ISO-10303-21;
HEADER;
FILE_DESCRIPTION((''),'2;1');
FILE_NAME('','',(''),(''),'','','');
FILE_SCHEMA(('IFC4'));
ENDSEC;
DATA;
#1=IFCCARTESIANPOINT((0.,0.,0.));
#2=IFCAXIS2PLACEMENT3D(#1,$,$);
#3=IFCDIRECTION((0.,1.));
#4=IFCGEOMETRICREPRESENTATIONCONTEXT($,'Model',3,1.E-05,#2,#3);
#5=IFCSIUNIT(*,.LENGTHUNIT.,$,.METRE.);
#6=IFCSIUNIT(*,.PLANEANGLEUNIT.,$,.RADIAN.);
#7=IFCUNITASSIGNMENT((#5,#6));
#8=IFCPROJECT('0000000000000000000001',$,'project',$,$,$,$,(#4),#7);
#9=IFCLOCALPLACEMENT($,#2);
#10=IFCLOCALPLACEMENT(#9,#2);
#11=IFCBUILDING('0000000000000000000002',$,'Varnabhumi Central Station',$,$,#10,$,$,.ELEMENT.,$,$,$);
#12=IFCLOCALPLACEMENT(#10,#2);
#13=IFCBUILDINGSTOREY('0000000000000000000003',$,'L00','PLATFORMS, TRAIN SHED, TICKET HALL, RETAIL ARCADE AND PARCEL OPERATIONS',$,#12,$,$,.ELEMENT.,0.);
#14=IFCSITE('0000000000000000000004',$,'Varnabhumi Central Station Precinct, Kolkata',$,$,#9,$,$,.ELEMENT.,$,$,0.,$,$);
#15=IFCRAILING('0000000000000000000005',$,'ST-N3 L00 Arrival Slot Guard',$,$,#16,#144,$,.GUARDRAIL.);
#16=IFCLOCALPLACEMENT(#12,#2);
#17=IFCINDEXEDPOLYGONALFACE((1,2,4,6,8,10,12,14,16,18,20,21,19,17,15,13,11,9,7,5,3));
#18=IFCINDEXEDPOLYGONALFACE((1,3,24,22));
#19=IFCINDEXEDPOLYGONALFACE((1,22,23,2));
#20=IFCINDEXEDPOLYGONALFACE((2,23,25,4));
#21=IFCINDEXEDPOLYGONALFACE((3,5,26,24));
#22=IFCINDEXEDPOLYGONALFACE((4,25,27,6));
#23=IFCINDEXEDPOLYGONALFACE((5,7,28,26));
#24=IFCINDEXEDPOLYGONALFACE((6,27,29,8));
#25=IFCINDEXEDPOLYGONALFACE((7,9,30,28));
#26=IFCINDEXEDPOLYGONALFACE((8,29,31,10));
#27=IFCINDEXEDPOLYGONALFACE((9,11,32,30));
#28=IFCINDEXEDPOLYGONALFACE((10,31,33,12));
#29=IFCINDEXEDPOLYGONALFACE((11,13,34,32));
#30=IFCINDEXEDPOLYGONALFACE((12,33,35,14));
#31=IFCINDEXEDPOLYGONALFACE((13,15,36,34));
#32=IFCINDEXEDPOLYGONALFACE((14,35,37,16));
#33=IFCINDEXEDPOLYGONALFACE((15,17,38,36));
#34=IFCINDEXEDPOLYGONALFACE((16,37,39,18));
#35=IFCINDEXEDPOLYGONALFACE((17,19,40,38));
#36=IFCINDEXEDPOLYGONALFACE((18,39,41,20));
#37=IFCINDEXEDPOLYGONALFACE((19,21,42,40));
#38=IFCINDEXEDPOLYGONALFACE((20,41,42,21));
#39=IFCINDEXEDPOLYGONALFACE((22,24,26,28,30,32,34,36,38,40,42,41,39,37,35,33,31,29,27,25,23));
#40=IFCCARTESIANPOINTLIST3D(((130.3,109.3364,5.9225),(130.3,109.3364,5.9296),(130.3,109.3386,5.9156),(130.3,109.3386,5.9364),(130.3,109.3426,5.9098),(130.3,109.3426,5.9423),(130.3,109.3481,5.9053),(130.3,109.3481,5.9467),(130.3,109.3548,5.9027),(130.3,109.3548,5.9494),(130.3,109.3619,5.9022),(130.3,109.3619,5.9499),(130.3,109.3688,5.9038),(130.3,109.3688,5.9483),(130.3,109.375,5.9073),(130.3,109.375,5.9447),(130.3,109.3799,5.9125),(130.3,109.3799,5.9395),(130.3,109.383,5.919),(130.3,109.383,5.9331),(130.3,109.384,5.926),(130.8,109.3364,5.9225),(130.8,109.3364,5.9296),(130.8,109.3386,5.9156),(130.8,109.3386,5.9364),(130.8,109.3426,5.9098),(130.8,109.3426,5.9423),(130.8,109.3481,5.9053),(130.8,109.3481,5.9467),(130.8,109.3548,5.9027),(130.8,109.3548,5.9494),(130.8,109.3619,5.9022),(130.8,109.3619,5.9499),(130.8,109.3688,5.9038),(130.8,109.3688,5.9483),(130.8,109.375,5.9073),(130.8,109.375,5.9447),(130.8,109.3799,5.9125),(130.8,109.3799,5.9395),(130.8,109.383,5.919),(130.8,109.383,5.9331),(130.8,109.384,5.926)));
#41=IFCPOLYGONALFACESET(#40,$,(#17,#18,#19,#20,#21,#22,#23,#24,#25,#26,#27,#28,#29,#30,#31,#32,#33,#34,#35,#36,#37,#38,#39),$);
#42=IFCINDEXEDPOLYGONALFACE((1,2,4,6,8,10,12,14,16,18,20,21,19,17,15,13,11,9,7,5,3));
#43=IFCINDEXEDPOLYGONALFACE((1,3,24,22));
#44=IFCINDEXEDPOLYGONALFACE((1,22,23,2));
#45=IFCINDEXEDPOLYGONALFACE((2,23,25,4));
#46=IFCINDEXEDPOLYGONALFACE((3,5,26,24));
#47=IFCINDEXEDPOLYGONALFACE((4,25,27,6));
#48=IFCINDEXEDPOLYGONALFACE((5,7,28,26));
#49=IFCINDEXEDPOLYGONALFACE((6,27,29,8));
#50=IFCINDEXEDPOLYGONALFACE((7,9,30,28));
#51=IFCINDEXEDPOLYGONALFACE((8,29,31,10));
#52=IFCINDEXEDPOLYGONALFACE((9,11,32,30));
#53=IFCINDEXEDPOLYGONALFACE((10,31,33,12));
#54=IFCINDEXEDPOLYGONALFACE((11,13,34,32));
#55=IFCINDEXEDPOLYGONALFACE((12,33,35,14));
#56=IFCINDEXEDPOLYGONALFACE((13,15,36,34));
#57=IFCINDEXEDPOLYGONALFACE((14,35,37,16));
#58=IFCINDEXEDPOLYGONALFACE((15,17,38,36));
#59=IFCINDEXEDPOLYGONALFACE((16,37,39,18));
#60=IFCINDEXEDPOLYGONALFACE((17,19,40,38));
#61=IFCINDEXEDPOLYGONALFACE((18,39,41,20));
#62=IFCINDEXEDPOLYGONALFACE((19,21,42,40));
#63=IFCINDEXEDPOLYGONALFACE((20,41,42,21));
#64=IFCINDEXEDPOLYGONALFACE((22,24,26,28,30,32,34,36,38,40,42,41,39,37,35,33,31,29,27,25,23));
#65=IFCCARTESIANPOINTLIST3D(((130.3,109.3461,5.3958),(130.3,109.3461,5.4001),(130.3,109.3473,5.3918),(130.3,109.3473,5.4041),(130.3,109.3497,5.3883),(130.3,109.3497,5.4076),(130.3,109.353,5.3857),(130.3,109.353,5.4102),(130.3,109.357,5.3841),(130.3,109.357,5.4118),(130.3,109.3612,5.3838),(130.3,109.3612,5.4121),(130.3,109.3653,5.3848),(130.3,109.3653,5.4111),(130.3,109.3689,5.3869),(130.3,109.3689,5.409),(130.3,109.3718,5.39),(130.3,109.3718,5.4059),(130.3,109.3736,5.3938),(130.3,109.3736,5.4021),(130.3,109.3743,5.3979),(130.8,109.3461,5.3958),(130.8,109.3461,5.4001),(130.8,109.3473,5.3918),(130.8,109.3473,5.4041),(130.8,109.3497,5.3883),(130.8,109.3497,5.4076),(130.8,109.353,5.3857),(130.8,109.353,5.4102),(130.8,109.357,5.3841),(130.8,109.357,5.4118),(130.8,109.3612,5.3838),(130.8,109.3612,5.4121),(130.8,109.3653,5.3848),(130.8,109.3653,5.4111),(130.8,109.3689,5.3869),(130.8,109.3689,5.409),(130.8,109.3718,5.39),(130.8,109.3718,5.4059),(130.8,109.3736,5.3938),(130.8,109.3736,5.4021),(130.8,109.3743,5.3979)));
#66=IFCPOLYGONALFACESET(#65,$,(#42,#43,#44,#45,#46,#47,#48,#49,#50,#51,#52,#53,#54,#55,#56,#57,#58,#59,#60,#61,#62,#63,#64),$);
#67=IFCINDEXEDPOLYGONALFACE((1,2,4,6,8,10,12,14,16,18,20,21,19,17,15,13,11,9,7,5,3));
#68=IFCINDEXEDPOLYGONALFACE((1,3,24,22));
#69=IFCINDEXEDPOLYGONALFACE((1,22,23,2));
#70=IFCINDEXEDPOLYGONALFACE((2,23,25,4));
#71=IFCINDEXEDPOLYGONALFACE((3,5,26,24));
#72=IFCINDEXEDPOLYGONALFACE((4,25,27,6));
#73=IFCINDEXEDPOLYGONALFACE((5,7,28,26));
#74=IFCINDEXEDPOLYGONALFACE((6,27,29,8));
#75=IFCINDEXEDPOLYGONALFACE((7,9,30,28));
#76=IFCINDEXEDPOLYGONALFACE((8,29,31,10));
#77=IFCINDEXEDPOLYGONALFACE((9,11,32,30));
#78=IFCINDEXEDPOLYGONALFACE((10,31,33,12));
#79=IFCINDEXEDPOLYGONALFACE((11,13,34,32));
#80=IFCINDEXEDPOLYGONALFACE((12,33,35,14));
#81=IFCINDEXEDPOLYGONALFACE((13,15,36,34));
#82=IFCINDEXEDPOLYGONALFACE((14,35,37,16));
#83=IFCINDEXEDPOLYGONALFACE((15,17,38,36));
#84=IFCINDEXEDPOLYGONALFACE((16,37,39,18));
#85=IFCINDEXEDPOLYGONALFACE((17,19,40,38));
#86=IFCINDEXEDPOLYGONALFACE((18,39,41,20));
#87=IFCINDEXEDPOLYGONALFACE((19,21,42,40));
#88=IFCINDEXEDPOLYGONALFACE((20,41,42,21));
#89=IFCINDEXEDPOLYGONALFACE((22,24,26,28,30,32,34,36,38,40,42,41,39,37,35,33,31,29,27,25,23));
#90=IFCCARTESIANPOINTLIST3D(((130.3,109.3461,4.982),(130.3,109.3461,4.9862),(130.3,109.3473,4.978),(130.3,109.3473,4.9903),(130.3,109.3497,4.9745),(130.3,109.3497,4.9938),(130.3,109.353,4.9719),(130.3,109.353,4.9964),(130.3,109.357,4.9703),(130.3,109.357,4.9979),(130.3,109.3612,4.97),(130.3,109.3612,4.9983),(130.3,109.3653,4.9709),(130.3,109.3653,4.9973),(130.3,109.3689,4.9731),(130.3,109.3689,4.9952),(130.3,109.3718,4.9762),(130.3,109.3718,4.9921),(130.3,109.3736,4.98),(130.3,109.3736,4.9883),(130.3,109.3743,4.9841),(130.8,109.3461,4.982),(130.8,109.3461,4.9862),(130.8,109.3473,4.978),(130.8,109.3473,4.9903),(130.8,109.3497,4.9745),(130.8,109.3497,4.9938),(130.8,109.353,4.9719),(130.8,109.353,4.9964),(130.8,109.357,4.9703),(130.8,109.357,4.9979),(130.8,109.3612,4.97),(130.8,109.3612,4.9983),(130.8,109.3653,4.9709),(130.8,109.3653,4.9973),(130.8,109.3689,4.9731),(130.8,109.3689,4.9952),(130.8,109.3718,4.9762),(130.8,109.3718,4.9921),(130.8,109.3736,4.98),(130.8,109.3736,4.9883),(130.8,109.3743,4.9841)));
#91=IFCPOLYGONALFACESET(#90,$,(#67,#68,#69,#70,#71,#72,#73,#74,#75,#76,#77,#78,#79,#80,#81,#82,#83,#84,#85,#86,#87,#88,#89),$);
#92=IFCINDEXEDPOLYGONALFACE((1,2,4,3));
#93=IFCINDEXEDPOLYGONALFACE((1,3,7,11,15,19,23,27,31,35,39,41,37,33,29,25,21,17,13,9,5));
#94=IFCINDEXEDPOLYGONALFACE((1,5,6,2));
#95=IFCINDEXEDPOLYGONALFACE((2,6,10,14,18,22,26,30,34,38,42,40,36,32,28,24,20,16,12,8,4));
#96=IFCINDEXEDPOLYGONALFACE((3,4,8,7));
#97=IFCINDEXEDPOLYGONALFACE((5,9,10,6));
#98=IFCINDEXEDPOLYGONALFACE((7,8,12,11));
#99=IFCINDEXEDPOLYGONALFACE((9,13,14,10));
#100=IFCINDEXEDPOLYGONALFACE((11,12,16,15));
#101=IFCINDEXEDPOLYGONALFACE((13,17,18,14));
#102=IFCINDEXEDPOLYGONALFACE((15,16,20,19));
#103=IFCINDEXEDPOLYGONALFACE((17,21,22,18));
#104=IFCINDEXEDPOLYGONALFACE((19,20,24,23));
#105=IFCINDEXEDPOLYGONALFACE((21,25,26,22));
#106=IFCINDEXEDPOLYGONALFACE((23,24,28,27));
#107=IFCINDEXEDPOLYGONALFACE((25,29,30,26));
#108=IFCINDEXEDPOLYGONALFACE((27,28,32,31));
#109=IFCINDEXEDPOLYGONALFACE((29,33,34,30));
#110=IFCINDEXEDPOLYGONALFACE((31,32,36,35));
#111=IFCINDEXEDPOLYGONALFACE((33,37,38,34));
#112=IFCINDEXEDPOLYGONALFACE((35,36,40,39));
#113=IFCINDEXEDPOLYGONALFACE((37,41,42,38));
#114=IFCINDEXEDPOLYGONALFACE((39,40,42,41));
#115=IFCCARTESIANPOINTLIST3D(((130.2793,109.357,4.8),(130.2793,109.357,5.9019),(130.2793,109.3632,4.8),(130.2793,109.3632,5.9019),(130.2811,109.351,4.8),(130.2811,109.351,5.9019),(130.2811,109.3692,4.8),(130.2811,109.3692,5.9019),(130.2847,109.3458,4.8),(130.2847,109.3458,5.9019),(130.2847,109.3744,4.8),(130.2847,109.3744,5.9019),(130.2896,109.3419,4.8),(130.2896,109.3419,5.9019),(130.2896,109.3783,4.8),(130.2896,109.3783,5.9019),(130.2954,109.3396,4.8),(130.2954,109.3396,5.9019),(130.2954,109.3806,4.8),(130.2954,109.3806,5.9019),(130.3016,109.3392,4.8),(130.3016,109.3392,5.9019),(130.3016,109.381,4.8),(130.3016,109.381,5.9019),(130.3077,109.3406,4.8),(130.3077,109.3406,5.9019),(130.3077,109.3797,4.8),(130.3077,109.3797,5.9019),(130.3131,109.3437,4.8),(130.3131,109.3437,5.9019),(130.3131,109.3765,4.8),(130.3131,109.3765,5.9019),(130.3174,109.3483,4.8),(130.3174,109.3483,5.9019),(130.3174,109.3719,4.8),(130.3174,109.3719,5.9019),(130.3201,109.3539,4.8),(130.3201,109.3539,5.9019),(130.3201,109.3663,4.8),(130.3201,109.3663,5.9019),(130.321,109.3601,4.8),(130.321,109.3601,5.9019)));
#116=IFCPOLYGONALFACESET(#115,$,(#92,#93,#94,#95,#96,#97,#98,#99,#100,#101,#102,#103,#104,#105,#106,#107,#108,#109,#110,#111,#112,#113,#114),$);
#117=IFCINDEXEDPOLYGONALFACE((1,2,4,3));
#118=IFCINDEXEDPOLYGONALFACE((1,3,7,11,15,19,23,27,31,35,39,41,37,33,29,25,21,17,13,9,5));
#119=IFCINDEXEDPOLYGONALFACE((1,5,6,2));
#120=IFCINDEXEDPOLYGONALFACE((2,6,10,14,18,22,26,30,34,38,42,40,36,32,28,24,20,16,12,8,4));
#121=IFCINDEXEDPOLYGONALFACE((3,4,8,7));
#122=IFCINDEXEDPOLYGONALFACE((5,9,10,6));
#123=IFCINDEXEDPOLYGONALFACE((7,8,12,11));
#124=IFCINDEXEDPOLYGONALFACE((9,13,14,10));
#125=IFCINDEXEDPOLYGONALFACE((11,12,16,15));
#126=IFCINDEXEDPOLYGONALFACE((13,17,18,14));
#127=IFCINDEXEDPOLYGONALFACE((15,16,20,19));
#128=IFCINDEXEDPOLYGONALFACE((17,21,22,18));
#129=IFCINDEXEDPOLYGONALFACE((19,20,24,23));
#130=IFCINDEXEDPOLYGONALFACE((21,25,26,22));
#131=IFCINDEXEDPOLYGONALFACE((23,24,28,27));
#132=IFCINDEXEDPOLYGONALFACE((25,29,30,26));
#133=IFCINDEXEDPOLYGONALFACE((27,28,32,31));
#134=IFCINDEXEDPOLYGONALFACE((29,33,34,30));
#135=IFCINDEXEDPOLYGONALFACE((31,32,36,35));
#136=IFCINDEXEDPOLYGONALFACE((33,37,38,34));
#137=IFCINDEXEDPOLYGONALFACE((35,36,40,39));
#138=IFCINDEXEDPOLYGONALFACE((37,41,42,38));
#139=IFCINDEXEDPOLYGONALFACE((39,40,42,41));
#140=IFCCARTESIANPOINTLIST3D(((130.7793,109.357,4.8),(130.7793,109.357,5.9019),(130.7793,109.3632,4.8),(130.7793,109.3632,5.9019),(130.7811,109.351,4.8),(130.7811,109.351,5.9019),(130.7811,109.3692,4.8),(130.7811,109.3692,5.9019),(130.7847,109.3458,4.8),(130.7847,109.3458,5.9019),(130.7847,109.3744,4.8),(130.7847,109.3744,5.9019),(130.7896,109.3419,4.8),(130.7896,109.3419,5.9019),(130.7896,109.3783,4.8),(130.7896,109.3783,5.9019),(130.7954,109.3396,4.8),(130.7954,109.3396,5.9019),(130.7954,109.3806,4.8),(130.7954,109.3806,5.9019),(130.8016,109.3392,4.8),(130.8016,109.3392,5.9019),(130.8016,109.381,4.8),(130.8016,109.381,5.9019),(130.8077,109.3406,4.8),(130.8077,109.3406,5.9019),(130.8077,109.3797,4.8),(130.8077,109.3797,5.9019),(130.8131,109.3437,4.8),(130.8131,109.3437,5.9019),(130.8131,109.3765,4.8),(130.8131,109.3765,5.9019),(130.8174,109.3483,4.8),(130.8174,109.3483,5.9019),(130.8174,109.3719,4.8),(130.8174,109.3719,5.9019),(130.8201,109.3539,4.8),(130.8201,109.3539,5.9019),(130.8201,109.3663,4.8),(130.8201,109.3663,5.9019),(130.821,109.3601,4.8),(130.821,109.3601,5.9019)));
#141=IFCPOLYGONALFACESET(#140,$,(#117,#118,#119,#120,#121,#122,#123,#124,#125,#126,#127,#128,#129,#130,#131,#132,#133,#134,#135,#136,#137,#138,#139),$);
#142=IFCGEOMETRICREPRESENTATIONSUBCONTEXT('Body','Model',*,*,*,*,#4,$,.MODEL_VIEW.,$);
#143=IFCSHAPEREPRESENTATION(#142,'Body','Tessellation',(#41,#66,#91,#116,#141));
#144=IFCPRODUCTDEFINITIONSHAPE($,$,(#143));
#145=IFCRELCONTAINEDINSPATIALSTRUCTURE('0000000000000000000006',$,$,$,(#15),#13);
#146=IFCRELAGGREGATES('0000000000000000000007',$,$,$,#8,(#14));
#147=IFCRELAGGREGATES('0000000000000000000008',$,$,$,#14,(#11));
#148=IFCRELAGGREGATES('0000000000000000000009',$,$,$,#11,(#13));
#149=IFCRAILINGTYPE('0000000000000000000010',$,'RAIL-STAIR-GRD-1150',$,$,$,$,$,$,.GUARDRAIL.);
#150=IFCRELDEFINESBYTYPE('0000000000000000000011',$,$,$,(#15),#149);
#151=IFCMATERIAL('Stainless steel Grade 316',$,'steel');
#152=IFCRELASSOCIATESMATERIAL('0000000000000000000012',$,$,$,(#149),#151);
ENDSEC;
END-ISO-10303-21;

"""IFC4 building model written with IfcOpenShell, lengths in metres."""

from ifc_helpers import new_model, si_unit, direction, frame, origin, origin_2d, place, context, subcontext, project, spatial, circle, extrude, material, type_object, element, save


model = new_model("IFC4")

# Units and contexts
model_context = context("Model", 3, precision=1e-05, world=origin(), true_north=direction((0.0, 1.0)))
body_context = subcontext(model_context, "Body", "Model", "MODEL_VIEW")
ifc_project = project(units=[si_unit("LENGTHUNIT", "METRE"), si_unit("PLANEANGLEUNIT", "RADIAN")], contexts=[model_context])

# Site, building, storey
site_placement = place(None, origin())
site = spatial("IfcSite", under=ifc_project, at=site_placement, Name="Varnabhumi Central Station Precinct, Kolkata", CompositionType="ELEMENT", RefElevation=0.0)
building_placement = place(site_placement, origin())
building = spatial("IfcBuilding", under=site, at=building_placement, Name="Varnabhumi Central Station", CompositionType="ELEMENT")
storey_placement = place(building_placement, origin())
storey = spatial("IfcBuildingStorey", under=building, at=storey_placement, Name="L00", Description="PLATFORMS, TRAIN SHED, TICKET HALL, RETAIL ARCADE AND PARCEL OPERATIONS", CompositionType="ELEMENT", Elevation=0.0)

# Shared definitions
ifc_material_1 = material(Name="Stainless steel Grade 316", Category="steel")

# Railing
railing_type_1 = type_object("IfcRailingType", Name="RAIL-STAIR-GRD-1150", PredefinedType="GUARDRAIL", material=ifc_material_1)
for number, where, name in (
    (1, (130.3, 109.3601, 4.8), "ST-N3 L00 Arrival Slot Guard"),
):
    element("IfcRailing", number, at=place(storey_placement, frame(where)), inside=storey, type_object=railing_type_1, Name=name, PredefinedType="GUARDRAIL", context=body_context, shape_type="SweptSolid", body=[
        extrude(circle(Radius=0.0239, at=origin_2d()), frame((0.0, 0.0, 1.126), z_axis=(1.0, 0.0, 0.0), x_axis=(0.0, 1.0, 0.0)), (0.0, 0.0, 1.0), 0.5),
        extrude(circle(Radius=0.0142, at=origin_2d()), frame((0.0, 0.0, 0.5979), z_axis=(1.0, 0.0, 0.0), x_axis=(0.0, 1.0, 0.0)), (0.0, 0.0, 1.0), 0.5),
        extrude(circle(Radius=0.0142, at=origin_2d()), frame((0.0, 0.0, 0.1841), z_axis=(1.0, 0.0, 0.0), x_axis=(0.0, 1.0, 0.0)), (0.0, 0.0, 1.0), 0.5),
        extrude(circle(Radius=0.021, at=origin_2d()), origin(), (0.0, 0.0, 1.0), 1.1018),
        extrude(circle(Radius=0.021, at=origin_2d()), frame((0.5, 0.0, 0.0)), (0.0, 0.0, 1.0), 1.1018),
    ])

save(model, "model.ifc")
